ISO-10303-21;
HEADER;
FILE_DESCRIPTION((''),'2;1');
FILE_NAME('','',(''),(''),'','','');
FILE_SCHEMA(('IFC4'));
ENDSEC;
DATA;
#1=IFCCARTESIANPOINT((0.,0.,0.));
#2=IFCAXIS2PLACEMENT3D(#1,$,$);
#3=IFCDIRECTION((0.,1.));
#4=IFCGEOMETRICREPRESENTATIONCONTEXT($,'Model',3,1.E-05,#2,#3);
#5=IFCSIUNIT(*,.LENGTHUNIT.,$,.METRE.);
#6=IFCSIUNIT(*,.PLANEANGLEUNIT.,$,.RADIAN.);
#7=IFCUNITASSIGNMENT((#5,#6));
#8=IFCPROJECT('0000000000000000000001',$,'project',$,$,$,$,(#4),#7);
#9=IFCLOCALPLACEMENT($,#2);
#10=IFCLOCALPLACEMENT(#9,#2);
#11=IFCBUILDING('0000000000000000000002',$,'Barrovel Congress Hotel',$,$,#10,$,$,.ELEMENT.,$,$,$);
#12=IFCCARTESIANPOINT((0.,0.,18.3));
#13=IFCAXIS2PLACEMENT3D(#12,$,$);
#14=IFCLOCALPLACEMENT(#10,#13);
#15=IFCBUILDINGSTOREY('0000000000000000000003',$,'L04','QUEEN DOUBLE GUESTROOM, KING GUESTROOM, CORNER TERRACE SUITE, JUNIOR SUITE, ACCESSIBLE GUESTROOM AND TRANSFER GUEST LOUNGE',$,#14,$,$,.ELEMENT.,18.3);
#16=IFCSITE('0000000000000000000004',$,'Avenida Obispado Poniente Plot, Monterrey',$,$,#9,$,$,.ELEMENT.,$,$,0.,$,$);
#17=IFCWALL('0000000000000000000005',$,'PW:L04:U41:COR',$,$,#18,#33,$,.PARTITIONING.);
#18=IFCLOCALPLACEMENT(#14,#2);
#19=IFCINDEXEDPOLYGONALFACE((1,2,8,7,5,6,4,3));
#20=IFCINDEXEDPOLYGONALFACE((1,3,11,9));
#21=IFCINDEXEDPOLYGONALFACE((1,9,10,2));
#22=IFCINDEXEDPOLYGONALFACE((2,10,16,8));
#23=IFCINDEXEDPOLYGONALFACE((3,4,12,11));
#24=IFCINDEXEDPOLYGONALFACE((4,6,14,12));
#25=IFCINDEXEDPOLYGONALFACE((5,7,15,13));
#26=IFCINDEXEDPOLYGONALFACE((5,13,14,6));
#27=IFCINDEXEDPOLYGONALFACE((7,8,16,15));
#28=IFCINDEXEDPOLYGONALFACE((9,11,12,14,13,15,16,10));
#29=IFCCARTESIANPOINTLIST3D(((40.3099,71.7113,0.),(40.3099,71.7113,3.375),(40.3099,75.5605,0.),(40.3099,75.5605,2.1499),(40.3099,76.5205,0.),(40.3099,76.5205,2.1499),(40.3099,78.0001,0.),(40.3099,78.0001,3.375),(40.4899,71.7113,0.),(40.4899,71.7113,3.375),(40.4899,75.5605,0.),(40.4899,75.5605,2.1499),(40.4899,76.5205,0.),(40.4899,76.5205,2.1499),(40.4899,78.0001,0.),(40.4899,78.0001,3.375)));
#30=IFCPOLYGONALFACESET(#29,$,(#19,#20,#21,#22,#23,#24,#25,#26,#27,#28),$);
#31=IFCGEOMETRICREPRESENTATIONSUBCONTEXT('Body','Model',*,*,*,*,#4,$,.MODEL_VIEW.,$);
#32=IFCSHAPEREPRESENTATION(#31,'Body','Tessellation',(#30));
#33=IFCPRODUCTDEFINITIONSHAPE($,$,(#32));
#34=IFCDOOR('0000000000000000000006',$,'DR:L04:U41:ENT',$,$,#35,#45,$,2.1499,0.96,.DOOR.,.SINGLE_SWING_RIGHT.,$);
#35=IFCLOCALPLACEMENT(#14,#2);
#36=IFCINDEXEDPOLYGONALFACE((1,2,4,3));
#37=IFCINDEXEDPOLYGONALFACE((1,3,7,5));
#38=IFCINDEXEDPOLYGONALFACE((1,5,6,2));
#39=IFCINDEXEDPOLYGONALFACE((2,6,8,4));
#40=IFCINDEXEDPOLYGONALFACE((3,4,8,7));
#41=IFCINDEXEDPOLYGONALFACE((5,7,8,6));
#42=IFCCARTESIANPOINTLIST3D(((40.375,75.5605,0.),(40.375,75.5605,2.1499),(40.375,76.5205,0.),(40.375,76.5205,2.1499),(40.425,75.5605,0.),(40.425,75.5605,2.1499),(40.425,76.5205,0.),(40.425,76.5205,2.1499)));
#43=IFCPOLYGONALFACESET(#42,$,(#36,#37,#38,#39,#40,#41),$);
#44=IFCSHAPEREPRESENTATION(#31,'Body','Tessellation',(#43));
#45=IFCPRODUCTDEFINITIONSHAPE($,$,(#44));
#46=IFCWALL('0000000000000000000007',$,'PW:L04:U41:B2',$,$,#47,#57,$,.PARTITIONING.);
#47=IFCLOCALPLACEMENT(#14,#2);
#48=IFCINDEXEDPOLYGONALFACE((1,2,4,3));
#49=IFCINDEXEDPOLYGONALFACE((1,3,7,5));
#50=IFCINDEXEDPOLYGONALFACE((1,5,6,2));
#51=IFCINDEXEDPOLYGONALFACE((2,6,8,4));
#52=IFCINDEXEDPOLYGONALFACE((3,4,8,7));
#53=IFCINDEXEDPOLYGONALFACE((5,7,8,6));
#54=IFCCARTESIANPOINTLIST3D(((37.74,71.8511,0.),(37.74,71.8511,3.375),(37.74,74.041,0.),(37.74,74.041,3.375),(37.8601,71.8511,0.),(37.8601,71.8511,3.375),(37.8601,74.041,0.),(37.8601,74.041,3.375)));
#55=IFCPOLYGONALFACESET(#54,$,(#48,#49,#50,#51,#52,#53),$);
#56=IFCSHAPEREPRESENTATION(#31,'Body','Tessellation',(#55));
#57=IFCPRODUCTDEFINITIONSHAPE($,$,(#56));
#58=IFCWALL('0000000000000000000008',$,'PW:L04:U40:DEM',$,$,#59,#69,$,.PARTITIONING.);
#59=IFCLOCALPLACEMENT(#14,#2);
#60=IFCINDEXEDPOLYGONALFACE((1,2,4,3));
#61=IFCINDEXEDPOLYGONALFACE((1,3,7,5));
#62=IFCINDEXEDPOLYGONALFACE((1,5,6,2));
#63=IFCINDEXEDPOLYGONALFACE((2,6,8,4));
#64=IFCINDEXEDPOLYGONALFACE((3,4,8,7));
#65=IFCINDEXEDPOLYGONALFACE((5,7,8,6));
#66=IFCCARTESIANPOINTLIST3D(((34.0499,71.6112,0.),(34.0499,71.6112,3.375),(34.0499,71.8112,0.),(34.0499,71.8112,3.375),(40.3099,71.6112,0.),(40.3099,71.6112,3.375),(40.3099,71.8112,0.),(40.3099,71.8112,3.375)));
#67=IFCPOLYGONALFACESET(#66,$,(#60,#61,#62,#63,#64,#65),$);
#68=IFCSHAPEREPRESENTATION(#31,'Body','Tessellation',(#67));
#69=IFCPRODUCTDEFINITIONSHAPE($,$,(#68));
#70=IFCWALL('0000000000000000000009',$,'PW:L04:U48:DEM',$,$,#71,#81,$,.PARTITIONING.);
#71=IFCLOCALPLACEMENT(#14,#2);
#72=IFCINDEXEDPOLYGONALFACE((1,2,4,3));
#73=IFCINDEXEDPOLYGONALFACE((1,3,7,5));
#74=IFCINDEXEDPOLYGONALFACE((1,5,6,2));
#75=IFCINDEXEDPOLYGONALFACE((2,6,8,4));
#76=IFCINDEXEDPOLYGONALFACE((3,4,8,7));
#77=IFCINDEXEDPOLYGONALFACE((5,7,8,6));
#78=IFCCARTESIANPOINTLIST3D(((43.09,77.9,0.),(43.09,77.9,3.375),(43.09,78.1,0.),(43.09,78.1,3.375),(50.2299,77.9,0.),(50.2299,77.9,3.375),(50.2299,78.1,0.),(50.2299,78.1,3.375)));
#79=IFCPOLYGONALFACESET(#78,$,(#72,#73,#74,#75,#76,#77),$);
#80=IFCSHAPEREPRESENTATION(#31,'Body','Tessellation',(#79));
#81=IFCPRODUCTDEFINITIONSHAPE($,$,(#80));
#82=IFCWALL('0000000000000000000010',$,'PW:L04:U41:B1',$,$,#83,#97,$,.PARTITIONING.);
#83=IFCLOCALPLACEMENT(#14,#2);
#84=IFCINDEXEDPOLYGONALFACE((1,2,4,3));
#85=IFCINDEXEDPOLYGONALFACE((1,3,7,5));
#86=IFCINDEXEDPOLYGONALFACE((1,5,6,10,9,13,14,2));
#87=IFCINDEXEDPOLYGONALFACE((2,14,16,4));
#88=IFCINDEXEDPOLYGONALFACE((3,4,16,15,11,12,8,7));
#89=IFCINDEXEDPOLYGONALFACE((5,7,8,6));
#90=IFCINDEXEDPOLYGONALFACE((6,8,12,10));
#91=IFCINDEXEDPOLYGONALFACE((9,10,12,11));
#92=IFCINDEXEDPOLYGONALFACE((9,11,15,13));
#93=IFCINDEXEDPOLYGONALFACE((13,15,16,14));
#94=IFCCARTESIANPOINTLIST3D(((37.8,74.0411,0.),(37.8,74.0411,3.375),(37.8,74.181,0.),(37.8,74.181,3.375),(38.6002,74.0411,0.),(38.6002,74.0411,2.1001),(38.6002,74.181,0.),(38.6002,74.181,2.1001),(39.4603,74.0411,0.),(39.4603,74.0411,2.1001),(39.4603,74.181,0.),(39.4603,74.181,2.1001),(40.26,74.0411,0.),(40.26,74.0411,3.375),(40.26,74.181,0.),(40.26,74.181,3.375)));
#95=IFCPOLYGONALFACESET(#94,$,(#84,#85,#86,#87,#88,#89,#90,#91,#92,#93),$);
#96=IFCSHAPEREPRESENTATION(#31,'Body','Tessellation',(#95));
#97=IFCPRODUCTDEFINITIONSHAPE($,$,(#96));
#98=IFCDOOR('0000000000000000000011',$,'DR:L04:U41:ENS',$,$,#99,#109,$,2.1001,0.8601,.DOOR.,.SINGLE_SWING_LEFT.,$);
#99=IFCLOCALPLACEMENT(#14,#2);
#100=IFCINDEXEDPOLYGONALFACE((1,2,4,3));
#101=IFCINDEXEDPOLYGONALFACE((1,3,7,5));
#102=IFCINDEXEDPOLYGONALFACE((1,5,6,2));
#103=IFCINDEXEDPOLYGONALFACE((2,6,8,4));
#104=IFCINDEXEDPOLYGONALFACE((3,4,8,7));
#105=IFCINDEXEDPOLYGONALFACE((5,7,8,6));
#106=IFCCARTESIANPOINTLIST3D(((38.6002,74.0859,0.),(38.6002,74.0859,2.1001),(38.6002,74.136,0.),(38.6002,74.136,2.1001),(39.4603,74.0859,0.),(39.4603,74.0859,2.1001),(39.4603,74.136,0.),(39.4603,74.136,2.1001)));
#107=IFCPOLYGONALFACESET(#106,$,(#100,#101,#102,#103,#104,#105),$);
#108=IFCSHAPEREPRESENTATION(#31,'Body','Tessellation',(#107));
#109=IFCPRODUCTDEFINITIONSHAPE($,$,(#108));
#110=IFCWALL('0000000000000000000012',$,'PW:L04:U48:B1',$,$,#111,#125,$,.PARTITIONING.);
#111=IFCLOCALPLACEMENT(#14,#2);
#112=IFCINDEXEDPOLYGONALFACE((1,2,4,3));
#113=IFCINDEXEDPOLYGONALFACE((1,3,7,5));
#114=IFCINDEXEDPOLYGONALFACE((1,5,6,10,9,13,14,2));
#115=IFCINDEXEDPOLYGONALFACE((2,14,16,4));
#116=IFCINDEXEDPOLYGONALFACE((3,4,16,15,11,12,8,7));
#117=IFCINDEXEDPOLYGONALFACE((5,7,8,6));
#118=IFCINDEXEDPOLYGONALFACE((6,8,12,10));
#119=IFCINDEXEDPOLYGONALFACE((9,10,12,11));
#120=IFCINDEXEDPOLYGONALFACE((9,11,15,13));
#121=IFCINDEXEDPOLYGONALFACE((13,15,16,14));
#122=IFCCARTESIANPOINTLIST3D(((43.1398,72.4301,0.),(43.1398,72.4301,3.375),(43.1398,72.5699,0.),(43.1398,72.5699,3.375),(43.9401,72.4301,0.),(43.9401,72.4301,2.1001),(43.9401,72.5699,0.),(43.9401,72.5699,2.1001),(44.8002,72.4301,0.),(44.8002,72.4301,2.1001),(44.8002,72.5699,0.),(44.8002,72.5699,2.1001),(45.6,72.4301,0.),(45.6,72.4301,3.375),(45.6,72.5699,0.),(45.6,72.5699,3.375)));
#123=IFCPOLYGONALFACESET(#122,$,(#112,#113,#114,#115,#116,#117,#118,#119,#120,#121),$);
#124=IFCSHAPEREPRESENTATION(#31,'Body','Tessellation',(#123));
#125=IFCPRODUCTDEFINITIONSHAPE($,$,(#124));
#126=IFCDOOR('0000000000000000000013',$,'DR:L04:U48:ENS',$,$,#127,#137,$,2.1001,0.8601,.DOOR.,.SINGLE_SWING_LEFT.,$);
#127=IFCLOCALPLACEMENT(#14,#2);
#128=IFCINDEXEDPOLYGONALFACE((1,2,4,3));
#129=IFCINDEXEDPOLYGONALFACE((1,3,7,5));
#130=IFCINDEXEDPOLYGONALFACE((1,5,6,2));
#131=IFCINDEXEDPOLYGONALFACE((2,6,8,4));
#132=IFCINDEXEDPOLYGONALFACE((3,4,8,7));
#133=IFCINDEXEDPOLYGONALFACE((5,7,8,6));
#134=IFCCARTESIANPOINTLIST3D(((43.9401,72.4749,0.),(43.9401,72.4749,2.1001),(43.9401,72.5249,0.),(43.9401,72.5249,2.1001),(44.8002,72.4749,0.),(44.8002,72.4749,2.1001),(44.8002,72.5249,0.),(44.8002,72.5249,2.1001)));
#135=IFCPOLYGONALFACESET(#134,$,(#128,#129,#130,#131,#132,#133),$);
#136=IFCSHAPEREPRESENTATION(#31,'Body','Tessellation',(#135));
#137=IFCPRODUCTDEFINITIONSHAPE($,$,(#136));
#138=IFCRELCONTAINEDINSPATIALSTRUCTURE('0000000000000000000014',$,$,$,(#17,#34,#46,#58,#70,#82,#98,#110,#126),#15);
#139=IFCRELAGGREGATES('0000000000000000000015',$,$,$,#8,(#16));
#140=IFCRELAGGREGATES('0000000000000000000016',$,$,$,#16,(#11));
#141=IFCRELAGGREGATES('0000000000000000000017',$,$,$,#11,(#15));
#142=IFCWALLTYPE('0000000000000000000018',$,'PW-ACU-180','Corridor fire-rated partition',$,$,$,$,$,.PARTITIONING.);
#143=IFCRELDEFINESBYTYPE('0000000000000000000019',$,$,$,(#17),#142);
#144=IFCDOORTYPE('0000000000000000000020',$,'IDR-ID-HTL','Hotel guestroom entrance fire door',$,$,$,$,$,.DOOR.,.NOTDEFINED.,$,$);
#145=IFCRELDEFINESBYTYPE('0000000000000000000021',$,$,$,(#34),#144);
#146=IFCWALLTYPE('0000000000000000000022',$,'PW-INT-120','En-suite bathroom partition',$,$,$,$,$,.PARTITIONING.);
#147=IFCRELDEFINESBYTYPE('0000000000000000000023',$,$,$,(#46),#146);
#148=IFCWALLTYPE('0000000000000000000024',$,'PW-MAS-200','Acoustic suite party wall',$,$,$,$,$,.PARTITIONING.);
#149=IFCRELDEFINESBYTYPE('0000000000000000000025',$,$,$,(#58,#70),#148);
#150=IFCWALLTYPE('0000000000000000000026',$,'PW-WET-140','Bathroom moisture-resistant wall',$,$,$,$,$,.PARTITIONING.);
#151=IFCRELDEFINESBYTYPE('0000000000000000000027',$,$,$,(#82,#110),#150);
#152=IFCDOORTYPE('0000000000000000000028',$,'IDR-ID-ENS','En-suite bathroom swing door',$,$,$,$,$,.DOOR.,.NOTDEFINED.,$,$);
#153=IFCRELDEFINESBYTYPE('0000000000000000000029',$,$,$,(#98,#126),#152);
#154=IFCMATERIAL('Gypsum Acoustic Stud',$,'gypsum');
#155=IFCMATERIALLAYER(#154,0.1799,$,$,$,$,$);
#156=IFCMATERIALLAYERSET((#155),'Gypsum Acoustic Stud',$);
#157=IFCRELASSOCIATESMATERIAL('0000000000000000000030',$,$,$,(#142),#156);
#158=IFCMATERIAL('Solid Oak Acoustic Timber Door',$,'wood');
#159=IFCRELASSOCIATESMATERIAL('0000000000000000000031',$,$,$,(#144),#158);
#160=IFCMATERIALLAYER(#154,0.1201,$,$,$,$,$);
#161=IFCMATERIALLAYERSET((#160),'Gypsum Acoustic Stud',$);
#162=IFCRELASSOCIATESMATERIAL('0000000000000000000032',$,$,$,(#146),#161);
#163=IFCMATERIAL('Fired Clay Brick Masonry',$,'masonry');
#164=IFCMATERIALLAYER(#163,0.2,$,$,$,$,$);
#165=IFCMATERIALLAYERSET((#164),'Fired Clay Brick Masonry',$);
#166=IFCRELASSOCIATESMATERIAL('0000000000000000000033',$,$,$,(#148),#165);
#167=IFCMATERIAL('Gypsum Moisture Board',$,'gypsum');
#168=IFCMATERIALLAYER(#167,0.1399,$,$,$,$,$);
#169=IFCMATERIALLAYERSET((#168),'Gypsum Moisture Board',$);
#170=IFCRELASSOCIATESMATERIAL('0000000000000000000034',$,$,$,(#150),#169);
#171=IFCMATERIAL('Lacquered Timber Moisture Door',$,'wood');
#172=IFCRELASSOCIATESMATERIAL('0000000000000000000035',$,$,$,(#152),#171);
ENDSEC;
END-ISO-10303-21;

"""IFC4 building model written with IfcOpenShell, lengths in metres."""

from ifc_helpers import new_model, si_unit, direction, frame, frame_2d, origin, place, context, subcontext, project, spatial, rectangle, extrude, material, layer, layer_set, type_object, element, fill, save


model = new_model("IFC4")

# Units and contexts
model_context = context("Model", 3, precision=1e-05, world=origin(), true_north=direction((0.0, 1.0)))
body_context = subcontext(model_context, "Body", "Model", "MODEL_VIEW")
ifc_project = project(units=[si_unit("LENGTHUNIT", "METRE"), si_unit("PLANEANGLEUNIT", "RADIAN")], contexts=[model_context])

# Site, building, storey
site_placement = place(None, origin())
site = spatial("IfcSite", under=ifc_project, at=site_placement, Name="Avenida Obispado Poniente Plot, Monterrey", CompositionType="ELEMENT", RefElevation=0.0)
building_placement = place(site_placement, origin())
building = spatial("IfcBuilding", under=site, at=building_placement, Name="Barrovel Congress Hotel", CompositionType="ELEMENT")
storey_placement = place(building_placement, frame((0.0, 0.0, 18.3)))
storey = spatial("IfcBuildingStorey", under=building, at=storey_placement, Name="L04", Description="QUEEN DOUBLE GUESTROOM, KING GUESTROOM, CORNER TERRACE SUITE, JUNIOR SUITE, ACCESSIBLE GUESTROOM AND TRANSFER GUEST LOUNGE", CompositionType="ELEMENT", Elevation=18.3)

# Shared definitions
ifc_material_1 = material(Name="Fired Clay Brick Masonry", Category="masonry")

# Wall, opening, door
ifc_material_2 = material(Name="Gypsum Acoustic Stud", Category="gypsum")
ifc_layer_1 = layer(ifc_material_2, 0.1799)
ifc_layer_set_1 = layer_set([ifc_layer_1], Name="Gypsum Acoustic Stud")
wall_type_1 = type_object("IfcWallType", Name="PW-ACU-180", Description="Corridor fire-rated partition", PredefinedType="PARTITIONING", material=ifc_layer_set_1)
wall_1_placement = place(storey_placement, frame((40.3999, 71.7112, 0.0), z_axis=(0.0, 0.0, 1.0), x_axis=(0.0, 1.0, 0.0)))
wall_1 = element("IfcWall", 1, at=wall_1_placement, inside=storey, type_object=wall_type_1, Name="PW:L04:U41:COR", PredefinedType="PARTITIONING", context=body_context, shape_type="SweptSolid", body=[
    extrude(rectangle(XDim=6.2888, YDim=0.1799, at=frame_2d((3.1445, 0.0))), origin(), (0.0, 0.0, 1.0), 3.375),
])
opening_1_placement = place(wall_1_placement, frame((3.8494, 0.0, 0.0)))
opening_1 = element("IfcOpeningElement", 2, at=opening_1_placement, cuts=wall_1, PredefinedType="OPENING", context=body_context, shape_type="SweptSolid", body=[
    extrude(rectangle(XDim=0.96, YDim=2.1499, at=frame_2d((0.48, 1.075))), frame((0.0, 0.1001, 0.0), z_axis=(0.0, -1.0, 0.0), x_axis=(1.0, 0.0, 0.0)), (0.0, 0.0, 1.0), 0.2),
])
ifc_material_3 = material(Name="Solid Oak Acoustic Timber Door", Category="wood")
door_type_1 = type_object("IfcDoorType", Name="IDR-ID-HTL", Description="Hotel guestroom entrance fire door", OperationType="NOTDEFINED", PredefinedType="DOOR", material=ifc_material_3)
door_1_placement = place(opening_1_placement, origin())
door_1 = element("IfcDoor", 3, at=door_1_placement, inside=storey, type_object=door_type_1, Name="DR:L04:U41:ENT", OperationType="SINGLE_SWING_RIGHT", OverallHeight=2.1499, OverallWidth=0.96, PredefinedType="DOOR", context=body_context, shape_type="SweptSolid", body=[
    extrude(rectangle(XDim=0.96, YDim=2.1499, at=frame_2d((0.48, 1.075))), frame((0.0, 0.0249, 0.0), z_axis=(0.0, -1.0, 0.0), x_axis=(1.0, 0.0, 0.0)), (0.0, 0.0, 1.0), 0.05),
])
fill(opening_1, door_1)

# Walls
ifc_layer_2 = layer(ifc_material_2, 0.1201)
ifc_layer_set_2 = layer_set([ifc_layer_2], Name="Gypsum Acoustic Stud")
wall_type_2 = type_object("IfcWallType", Name="PW-INT-120", Description="En-suite bathroom partition", PredefinedType="PARTITIONING", material=ifc_layer_set_2)
wall_2_placement = place(storey_placement, frame((37.8, 71.8511, 0.0), z_axis=(0.0, 0.0, 1.0), x_axis=(0.0, 1.0, 0.0)))
element("IfcWall", 4, at=wall_2_placement, inside=storey, type_object=wall_type_2, Name="PW:L04:U41:B2", PredefinedType="PARTITIONING", context=body_context, shape_type="SweptSolid", body=[
    extrude(rectangle(XDim=2.1899, YDim=0.1201, at=frame_2d((1.095, 0.0))), origin(), (0.0, 0.0, 1.0), 3.375),
])
ifc_layer_3 = layer(ifc_material_1, 0.2)
ifc_layer_set_3 = layer_set([ifc_layer_3], Name="Fired Clay Brick Masonry")
wall_type_3 = type_object("IfcWallType", Name="PW-MAS-200", Description="Acoustic suite party wall", PredefinedType="PARTITIONING", material=ifc_layer_set_3)
wall_3_placement = place(storey_placement, frame((34.05, 71.7112, 0.0), z_axis=(0.0, 0.0, 1.0), x_axis=(1.0, 0.0, 0.0)))
element("IfcWall", 5, at=wall_3_placement, inside=storey, type_object=wall_type_3, Name="PW:L04:U40:DEM", PredefinedType="PARTITIONING", context=body_context, shape_type="SweptSolid", body=[
    extrude(rectangle(XDim=6.26, YDim=0.2, at=frame_2d((3.1299, 0.0))), origin(), (0.0, 0.0, 1.0), 3.375),
])
wall_4_placement = place(storey_placement, frame((43.0901, 78.0, 0.0), z_axis=(0.0, 0.0, 1.0), x_axis=(1.0, 0.0, 0.0)))
element("IfcWall", 6, at=wall_4_placement, inside=storey, type_object=wall_type_3, Name="PW:L04:U48:DEM", PredefinedType="PARTITIONING", context=body_context, shape_type="SweptSolid", body=[
    extrude(rectangle(XDim=7.1399, YDim=0.2, at=frame_2d((3.5698, 0.0))), origin(), (0.0, 0.0, 1.0), 3.375),
])

# Walls, openings, doors
ifc_material_4 = material(Name="Gypsum Moisture Board", Category="gypsum")
ifc_layer_4 = layer(ifc_material_4, 0.1399)
ifc_layer_set_4 = layer_set([ifc_layer_4], Name="Gypsum Moisture Board")
wall_type_4 = type_object("IfcWallType", Name="PW-WET-140", Description="Bathroom moisture-resistant wall", PredefinedType="PARTITIONING", material=ifc_layer_set_4)
wall_5_placement = place(storey_placement, frame((37.8, 74.1111, 0.0), z_axis=(0.0, 0.0, 1.0), x_axis=(1.0, 0.0, 0.0)))
wall_5 = element("IfcWall", 7, at=wall_5_placement, inside=storey, type_object=wall_type_4, Name="PW:L04:U41:B1", PredefinedType="PARTITIONING", context=body_context, shape_type="SweptSolid", body=[
    extrude(rectangle(XDim=2.46, YDim=0.1399, at=frame_2d((1.23, 0.0))), origin(), (0.0, 0.0, 1.0), 3.375),
])
opening_2_placement = place(wall_5_placement, frame((0.8, 0.0, 0.0)))
opening_2 = element("IfcOpeningElement", 8, at=opening_2_placement, cuts=wall_5, PredefinedType="OPENING", context=body_context, shape_type="SweptSolid", body=[
    extrude(rectangle(XDim=0.8601, YDim=2.1001, at=frame_2d((0.4302, 1.05))), frame((0.0, 0.0801, 0.0), z_axis=(0.0, -1.0, 0.0), x_axis=(1.0, 0.0, 0.0)), (0.0, 0.0, 1.0), 0.1599),
])
ifc_material_5 = material(Name="Lacquered Timber Moisture Door", Category="wood")
door_type_2 = type_object("IfcDoorType", Name="IDR-ID-ENS", Description="En-suite bathroom swing door", OperationType="NOTDEFINED", PredefinedType="DOOR", material=ifc_material_5)
door_2_placement = place(opening_2_placement, origin())
door_2 = element("IfcDoor", 9, at=door_2_placement, inside=storey, type_object=door_type_2, Name="DR:L04:U41:ENS", OperationType="SINGLE_SWING_LEFT", OverallHeight=2.1001, OverallWidth=0.8601, PredefinedType="DOOR", context=body_context, shape_type="SweptSolid", body=[
    extrude(rectangle(XDim=0.8601, YDim=2.1001, at=frame_2d((0.4302, 1.05))), frame((0.0, 0.0249, 0.0), z_axis=(0.0, -1.0, 0.0), x_axis=(1.0, 0.0, 0.0)), (0.0, 0.0, 1.0), 0.05),
])
fill(opening_2, door_2)
wall_6_placement = place(storey_placement, frame((43.1399, 72.5, 0.0), z_axis=(0.0, 0.0, 1.0), x_axis=(1.0, 0.0, 0.0)))
wall_6 = element("IfcWall", 10, at=wall_6_placement, inside=storey, type_object=wall_type_4, Name="PW:L04:U48:B1", PredefinedType="PARTITIONING", context=body_context, shape_type="SweptSolid", body=[
    extrude(rectangle(XDim=2.4602, YDim=0.1399, at=frame_2d((1.23, 0.0))), origin(), (0.0, 0.0, 1.0), 3.375),
])
opening_3_placement = place(wall_6_placement, frame((0.8, 0.0, 0.0)))
opening_3 = element("IfcOpeningElement", 11, at=opening_3_placement, cuts=wall_6, PredefinedType="OPENING", context=body_context, shape_type="SweptSolid", body=[
    extrude(rectangle(XDim=0.8601, YDim=2.1001, at=frame_2d((0.4302, 1.05))), frame((0.0, 0.0801, 0.0), z_axis=(0.0, -1.0, 0.0), x_axis=(1.0, 0.0, 0.0)), (0.0, 0.0, 1.0), 0.1599),
])
door_3_placement = place(opening_3_placement, origin())
door_3 = element("IfcDoor", 12, at=door_3_placement, inside=storey, type_object=door_type_2, Name="DR:L04:U48:ENS", OperationType="SINGLE_SWING_LEFT", OverallHeight=2.1001, OverallWidth=0.8601, PredefinedType="DOOR", context=body_context, shape_type="SweptSolid", body=[
    extrude(rectangle(XDim=0.8601, YDim=2.1001, at=frame_2d((0.4302, 1.05))), frame((0.0, 0.0249, 0.0), z_axis=(0.0, -1.0, 0.0), x_axis=(1.0, 0.0, 0.0)), (0.0, 0.0, 1.0), 0.05),
])
fill(opening_3, door_3)

save(model, "model.ifc")
